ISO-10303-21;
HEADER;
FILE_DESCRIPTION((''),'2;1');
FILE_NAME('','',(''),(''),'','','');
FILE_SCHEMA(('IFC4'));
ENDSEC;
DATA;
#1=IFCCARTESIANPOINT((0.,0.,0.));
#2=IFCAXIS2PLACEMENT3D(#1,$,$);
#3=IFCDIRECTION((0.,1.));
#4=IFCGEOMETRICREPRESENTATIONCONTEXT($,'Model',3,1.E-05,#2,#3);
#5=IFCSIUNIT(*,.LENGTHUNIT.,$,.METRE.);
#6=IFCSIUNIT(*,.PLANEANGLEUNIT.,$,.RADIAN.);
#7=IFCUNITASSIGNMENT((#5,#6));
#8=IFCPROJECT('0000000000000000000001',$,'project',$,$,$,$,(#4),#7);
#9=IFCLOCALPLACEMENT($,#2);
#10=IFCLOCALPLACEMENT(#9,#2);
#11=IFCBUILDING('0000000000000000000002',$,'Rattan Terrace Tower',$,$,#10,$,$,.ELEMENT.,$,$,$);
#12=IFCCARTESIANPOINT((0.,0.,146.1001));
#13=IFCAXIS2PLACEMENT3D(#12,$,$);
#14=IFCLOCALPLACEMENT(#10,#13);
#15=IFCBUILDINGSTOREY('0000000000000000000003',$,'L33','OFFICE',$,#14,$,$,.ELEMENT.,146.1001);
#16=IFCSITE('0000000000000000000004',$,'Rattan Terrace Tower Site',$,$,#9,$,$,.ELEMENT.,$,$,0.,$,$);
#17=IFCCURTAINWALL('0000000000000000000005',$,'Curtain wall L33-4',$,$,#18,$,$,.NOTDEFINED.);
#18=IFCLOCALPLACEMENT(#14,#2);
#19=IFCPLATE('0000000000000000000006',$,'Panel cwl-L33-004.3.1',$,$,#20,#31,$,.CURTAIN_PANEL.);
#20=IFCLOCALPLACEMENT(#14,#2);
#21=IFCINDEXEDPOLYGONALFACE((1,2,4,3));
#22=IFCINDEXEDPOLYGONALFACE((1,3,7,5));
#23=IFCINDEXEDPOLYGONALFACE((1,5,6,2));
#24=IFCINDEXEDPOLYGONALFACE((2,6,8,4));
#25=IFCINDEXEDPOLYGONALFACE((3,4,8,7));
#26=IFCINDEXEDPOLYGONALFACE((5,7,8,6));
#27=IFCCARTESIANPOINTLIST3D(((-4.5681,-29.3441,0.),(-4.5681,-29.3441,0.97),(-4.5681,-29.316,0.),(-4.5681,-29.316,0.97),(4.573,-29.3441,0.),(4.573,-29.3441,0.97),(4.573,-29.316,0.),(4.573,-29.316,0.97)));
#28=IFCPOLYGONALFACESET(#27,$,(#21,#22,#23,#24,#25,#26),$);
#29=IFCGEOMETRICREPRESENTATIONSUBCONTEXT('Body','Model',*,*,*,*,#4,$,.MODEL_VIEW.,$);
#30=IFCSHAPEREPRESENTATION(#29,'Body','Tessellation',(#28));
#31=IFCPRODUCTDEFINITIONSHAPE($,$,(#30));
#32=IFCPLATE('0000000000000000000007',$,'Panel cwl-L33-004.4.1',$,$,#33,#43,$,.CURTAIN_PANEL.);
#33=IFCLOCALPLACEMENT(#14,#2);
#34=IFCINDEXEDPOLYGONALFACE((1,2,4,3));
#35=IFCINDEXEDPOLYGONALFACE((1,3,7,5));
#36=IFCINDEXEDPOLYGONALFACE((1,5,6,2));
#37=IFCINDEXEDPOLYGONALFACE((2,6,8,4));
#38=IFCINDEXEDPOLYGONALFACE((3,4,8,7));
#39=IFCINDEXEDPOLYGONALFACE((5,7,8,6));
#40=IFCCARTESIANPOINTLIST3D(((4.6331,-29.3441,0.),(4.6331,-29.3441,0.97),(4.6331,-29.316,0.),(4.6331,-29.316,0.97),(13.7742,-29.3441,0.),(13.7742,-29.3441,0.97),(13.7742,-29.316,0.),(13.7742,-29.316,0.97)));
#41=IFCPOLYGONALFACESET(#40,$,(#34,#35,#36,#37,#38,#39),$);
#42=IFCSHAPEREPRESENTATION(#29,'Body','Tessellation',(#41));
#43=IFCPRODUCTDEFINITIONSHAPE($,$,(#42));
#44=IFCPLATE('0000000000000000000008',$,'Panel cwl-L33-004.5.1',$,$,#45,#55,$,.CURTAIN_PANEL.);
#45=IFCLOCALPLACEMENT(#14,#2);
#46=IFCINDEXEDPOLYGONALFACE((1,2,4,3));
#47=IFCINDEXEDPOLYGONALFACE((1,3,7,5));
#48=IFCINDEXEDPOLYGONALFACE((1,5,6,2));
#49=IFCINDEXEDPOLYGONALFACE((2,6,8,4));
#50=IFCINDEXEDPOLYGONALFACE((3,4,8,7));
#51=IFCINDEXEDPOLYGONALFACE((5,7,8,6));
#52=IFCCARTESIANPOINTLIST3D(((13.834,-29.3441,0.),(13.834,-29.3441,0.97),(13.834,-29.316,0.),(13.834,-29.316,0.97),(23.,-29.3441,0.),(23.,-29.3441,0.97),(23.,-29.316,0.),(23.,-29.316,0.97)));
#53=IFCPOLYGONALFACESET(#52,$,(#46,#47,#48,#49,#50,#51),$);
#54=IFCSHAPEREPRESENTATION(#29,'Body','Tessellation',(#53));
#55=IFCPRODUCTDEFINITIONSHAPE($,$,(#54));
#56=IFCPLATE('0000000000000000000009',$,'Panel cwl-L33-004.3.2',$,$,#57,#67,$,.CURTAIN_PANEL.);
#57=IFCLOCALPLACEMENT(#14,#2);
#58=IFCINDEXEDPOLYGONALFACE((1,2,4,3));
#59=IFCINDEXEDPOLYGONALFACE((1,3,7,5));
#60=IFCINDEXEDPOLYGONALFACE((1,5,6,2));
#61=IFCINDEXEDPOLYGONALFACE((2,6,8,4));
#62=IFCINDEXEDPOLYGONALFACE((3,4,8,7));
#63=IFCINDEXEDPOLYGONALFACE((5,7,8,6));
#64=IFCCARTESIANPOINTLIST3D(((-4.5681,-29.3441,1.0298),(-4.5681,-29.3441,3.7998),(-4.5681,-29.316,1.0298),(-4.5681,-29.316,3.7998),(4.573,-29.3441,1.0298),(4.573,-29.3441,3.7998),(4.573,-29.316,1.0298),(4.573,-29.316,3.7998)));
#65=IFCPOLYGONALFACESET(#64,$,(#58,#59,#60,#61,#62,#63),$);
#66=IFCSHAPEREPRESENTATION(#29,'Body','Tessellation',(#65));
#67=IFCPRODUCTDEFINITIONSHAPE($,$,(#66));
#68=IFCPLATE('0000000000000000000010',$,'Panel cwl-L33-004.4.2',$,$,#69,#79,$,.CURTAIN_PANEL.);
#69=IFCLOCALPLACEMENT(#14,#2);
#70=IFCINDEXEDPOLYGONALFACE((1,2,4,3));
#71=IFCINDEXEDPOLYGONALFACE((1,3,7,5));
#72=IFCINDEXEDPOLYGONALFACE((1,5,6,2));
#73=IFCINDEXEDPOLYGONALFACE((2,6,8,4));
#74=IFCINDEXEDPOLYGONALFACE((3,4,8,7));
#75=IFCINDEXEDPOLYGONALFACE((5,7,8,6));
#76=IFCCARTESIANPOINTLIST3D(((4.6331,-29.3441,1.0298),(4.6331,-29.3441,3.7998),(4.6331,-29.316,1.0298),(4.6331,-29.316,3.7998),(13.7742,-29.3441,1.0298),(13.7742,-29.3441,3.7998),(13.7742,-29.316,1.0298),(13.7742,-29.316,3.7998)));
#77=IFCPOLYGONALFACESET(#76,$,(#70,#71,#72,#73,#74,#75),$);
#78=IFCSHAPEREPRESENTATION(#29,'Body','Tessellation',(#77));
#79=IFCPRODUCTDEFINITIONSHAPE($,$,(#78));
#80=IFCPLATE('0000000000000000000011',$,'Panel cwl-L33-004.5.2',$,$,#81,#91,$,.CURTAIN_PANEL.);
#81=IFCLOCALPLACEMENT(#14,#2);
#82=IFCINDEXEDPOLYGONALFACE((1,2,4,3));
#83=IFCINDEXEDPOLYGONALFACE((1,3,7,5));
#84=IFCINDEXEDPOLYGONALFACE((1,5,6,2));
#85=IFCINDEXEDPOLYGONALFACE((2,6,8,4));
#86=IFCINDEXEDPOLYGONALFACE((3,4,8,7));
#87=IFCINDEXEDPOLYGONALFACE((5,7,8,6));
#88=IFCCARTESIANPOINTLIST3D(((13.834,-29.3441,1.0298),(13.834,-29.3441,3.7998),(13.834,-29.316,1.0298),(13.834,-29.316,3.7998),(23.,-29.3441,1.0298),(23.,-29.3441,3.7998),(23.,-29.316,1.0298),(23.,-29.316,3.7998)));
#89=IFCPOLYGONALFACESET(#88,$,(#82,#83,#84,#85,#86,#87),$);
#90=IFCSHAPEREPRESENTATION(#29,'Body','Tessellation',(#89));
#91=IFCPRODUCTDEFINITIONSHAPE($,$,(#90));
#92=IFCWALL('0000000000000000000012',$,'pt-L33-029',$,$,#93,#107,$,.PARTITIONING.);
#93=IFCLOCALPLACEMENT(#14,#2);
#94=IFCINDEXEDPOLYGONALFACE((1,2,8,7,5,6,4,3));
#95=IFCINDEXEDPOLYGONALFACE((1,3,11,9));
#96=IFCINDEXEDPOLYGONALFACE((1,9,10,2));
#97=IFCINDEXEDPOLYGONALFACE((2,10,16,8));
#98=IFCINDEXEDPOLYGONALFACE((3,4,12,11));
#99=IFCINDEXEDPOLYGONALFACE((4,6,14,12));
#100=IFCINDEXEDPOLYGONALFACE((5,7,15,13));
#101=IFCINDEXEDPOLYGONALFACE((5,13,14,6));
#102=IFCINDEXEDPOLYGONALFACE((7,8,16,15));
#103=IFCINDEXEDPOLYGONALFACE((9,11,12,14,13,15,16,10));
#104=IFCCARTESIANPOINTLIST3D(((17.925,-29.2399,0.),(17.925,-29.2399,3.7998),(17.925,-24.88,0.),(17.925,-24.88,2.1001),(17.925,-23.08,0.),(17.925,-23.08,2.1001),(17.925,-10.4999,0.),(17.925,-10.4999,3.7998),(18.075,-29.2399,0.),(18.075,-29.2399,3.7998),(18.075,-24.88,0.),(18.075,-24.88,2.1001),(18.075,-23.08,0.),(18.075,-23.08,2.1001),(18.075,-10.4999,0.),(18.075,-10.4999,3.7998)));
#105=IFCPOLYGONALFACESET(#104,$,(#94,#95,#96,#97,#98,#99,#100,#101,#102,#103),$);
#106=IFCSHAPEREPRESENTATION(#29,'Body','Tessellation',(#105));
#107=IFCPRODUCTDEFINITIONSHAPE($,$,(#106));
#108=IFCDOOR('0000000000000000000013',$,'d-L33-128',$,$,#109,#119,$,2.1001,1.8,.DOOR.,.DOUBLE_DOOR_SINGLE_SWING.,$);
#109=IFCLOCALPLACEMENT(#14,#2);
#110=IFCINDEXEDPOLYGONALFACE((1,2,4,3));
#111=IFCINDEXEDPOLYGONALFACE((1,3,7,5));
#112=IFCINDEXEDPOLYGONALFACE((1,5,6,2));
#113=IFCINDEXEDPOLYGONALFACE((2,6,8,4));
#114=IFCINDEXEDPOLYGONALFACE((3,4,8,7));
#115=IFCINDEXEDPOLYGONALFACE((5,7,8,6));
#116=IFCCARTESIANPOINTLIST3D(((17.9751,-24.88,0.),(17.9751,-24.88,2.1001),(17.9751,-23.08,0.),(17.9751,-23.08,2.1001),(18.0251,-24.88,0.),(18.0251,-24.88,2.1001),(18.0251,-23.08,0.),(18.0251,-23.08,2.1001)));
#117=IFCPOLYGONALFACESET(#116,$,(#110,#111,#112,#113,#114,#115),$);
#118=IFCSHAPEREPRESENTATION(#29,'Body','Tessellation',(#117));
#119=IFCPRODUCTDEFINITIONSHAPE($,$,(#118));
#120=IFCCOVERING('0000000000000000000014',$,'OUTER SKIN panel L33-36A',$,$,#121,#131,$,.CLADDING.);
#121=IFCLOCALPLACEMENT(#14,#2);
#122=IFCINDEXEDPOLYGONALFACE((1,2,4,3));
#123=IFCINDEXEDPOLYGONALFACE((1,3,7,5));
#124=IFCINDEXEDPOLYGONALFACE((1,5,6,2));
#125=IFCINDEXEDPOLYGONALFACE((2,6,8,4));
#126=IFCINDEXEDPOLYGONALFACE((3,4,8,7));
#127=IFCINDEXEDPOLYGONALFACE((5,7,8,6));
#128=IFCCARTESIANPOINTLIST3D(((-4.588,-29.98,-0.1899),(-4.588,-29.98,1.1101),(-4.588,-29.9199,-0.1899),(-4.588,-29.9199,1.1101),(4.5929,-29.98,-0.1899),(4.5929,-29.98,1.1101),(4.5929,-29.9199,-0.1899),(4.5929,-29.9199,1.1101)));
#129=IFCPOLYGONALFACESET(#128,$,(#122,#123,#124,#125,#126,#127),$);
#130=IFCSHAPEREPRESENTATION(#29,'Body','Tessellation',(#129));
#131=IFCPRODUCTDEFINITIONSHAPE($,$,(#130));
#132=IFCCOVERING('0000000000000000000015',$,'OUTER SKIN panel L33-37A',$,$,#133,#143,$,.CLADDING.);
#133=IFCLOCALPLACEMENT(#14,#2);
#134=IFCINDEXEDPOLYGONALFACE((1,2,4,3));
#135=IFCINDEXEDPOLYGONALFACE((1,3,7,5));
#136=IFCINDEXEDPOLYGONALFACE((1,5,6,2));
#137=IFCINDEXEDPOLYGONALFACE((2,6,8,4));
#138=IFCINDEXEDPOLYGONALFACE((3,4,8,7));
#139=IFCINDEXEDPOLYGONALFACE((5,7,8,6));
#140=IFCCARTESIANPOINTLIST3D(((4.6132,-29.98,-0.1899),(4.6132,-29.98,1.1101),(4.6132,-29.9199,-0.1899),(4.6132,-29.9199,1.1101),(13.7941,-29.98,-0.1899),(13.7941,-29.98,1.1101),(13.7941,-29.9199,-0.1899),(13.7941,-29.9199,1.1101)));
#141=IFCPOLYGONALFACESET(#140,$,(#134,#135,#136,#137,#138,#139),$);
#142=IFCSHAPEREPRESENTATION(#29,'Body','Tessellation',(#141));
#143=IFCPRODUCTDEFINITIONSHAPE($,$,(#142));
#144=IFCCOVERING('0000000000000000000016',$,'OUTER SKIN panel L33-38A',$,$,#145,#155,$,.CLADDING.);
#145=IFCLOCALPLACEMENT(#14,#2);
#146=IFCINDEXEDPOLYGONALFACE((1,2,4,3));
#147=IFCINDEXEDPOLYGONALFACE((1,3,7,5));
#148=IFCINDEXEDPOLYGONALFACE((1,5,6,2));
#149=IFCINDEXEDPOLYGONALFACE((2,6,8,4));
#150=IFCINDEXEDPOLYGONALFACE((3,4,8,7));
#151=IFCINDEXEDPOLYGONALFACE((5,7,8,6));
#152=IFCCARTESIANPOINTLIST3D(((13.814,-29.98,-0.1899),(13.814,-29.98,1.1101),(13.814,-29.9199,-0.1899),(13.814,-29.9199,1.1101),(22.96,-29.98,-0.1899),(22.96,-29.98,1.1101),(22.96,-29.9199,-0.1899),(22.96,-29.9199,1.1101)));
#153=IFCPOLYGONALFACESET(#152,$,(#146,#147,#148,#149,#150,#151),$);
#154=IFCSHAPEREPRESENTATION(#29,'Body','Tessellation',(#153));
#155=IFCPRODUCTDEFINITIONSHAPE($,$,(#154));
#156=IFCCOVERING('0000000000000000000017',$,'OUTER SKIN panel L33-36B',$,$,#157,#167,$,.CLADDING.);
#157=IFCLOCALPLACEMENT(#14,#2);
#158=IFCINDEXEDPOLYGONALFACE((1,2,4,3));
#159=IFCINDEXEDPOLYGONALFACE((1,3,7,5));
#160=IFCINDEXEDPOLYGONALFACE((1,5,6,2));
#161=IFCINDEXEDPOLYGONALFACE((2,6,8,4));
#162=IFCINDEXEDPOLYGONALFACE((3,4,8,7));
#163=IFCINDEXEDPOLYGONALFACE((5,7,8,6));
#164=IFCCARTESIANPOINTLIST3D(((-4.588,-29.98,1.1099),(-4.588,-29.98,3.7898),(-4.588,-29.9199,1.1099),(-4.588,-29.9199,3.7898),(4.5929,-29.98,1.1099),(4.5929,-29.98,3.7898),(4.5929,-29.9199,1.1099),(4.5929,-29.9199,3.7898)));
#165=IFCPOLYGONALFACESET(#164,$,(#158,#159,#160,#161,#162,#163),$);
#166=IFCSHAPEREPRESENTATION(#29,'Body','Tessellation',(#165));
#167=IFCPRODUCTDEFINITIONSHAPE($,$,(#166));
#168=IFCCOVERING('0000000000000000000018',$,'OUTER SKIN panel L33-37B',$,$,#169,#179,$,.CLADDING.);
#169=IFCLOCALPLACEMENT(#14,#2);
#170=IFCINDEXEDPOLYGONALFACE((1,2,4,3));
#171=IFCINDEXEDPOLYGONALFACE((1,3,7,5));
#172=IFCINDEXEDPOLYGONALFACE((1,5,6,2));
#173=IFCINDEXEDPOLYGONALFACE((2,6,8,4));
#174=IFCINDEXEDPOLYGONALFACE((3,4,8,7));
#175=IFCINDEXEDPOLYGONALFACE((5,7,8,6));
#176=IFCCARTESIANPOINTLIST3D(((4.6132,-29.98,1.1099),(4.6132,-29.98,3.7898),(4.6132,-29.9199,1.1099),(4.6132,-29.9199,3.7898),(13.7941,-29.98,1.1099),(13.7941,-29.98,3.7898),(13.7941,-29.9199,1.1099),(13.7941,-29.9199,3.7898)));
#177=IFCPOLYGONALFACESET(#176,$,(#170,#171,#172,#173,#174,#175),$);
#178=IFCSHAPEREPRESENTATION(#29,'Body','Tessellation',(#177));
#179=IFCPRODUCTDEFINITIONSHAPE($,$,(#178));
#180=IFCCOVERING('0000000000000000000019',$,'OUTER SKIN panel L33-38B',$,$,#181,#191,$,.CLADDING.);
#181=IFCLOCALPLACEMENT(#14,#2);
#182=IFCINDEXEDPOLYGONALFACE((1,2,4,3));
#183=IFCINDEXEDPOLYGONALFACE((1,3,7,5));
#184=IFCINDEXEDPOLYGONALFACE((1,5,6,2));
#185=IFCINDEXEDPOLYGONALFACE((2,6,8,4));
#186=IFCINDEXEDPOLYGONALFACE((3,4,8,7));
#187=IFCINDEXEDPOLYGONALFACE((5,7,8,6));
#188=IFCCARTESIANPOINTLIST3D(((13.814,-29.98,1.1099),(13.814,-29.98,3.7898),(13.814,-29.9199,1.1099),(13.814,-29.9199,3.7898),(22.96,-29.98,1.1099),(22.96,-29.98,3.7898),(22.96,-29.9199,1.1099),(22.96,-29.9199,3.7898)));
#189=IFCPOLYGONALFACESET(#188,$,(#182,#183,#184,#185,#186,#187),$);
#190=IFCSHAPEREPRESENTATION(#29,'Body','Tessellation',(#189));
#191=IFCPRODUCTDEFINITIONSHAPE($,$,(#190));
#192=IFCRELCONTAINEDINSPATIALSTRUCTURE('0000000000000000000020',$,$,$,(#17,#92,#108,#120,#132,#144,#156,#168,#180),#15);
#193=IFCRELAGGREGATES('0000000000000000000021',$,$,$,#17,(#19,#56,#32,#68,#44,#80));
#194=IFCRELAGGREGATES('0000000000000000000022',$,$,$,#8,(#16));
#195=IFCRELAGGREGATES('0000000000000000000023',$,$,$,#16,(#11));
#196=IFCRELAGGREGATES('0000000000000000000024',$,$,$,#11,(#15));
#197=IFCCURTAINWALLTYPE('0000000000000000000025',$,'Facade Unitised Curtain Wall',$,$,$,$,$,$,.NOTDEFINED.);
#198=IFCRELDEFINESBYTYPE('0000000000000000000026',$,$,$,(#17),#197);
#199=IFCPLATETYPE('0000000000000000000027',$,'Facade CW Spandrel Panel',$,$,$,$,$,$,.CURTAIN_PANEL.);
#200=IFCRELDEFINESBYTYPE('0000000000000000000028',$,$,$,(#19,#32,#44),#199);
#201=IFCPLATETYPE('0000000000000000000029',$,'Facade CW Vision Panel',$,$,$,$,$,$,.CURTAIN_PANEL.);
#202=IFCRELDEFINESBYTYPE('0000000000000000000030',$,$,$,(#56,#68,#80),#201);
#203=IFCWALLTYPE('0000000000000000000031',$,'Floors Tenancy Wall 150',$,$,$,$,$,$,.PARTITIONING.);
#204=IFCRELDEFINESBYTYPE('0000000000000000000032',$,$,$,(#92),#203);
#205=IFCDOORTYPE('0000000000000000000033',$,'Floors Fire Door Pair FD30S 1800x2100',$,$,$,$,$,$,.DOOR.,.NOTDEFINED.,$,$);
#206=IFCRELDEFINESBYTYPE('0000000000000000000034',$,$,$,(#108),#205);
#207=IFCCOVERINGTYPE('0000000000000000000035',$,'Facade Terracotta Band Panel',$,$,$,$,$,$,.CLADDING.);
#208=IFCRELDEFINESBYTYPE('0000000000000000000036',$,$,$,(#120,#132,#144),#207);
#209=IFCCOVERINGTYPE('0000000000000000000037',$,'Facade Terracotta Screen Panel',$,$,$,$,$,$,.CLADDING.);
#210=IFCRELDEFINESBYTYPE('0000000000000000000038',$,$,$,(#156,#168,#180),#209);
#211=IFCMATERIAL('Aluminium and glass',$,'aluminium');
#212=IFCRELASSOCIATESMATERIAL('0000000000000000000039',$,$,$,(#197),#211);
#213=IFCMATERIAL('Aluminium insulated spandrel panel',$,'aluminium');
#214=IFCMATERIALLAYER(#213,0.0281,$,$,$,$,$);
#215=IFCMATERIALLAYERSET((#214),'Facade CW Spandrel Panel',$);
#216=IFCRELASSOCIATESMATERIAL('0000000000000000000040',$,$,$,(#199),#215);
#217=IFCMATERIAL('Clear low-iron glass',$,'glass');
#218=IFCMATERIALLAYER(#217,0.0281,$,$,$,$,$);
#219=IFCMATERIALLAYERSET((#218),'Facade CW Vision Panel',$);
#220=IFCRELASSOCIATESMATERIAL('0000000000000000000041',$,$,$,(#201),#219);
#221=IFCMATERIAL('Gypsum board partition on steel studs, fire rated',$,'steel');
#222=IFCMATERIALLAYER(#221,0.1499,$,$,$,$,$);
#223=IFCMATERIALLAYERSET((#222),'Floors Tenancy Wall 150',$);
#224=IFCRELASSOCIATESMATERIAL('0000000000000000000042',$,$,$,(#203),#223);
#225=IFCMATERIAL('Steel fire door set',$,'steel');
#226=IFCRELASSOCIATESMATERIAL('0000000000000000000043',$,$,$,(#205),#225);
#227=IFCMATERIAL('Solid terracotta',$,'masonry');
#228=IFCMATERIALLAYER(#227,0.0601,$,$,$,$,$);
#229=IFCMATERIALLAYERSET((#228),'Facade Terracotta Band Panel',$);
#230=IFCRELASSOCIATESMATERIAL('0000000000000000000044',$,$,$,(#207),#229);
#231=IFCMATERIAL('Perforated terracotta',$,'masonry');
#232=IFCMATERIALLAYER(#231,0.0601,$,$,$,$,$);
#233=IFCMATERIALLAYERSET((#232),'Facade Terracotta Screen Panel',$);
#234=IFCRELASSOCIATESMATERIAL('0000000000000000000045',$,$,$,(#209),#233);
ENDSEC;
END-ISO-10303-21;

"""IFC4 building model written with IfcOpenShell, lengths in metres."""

from ifc_helpers import new_model, si_unit, direction, frame, frame_2d, origin, origin_2d, place, context, subcontext, project, spatial, rectangle, extrude, material, layer, layer_set, type_object, element, fill, aggregate, save


model = new_model("IFC4")

# Units and contexts
model_context = context("Model", 3, precision=1e-05, world=origin(), true_north=direction((0.0, 1.0)))
body_context = subcontext(model_context, "Body", "Model", "MODEL_VIEW")
ifc_project = project(units=[si_unit("LENGTHUNIT", "METRE"), si_unit("PLANEANGLEUNIT", "RADIAN")], contexts=[model_context])

# Site, building, storey
site_placement = place(None, origin())
site = spatial("IfcSite", under=ifc_project, at=site_placement, Name="Rattan Terrace Tower Site", CompositionType="ELEMENT", RefElevation=0.0)
building_placement = place(site_placement, origin())
building = spatial("IfcBuilding", under=site, at=building_placement, Name="Rattan Terrace Tower", CompositionType="ELEMENT")
storey_placement = place(building_placement, frame((0.0, 0.0, 146.1001)))
storey = spatial("IfcBuildingStorey", under=building, at=storey_placement, Name="L33", Description="OFFICE", CompositionType="ELEMENT", Elevation=146.1001)

# Curtain wall
ifc_material_1 = material(Name="Aluminium and glass", Category="aluminium")
curtain_wall_type = type_object("IfcCurtainWallType", Name="Facade Unitised Curtain Wall", PredefinedType="NOTDEFINED", material=ifc_material_1)
curtain_wall_placement = place(storey_placement, origin())
curtain_wall = element("IfcCurtainWall", 1, at=curtain_wall_placement, inside=storey, type_object=curtain_wall_type, Name="Curtain wall L33-4", PredefinedType="NOTDEFINED")

# Plates
ifc_material_2 = material(Name="Aluminium insulated spandrel panel", Category="aluminium")
ifc_layer_1 = layer(ifc_material_2, 0.0281)
ifc_layer_set_1 = layer_set([ifc_layer_1], Name="Facade CW Spandrel Panel")
plate_type_1 = type_object("IfcPlateType", Name="Facade CW Spandrel Panel", PredefinedType="CURTAIN_PANEL", material=ifc_layer_set_1)
plate_1_placement = place(storey_placement, frame((0.0024, -29.3301, 0.0), z_axis=(0.0, 0.0, 1.0), x_axis=(1.0, 0.0, 0.0)))
plate_1 = element("IfcPlate", 2, at=plate_1_placement, type_object=plate_type_1, Name="Panel cwl-L33-004.3.1", PredefinedType="CURTAIN_PANEL", context=body_context, shape_type="SweptSolid", body=[
    extrude(rectangle(XDim=9.1411, YDim=0.0281, at=origin_2d()), origin(), (0.0, 0.0, 1.0), 0.97),
])
plate_2_placement = place(storey_placement, frame((9.2036, -29.3301, 0.0), z_axis=(0.0, 0.0, 1.0), x_axis=(1.0, 0.0, 0.0)))
plate_2 = element("IfcPlate", 3, at=plate_2_placement, type_object=plate_type_1, Name="Panel cwl-L33-004.4.1", PredefinedType="CURTAIN_PANEL", context=body_context, shape_type="SweptSolid", body=[
    extrude(rectangle(XDim=9.1411, YDim=0.0281, at=origin_2d()), origin(), (0.0, 0.0, 1.0), 0.97),
])
plate_3_placement = place(storey_placement, frame((18.417, -29.3301, 0.0), z_axis=(0.0, 0.0, 1.0), x_axis=(1.0, 0.0, 0.0)))
plate_3 = element("IfcPlate", 4, at=plate_3_placement, type_object=plate_type_1, Name="Panel cwl-L33-004.5.1", PredefinedType="CURTAIN_PANEL", context=body_context, shape_type="SweptSolid", body=[
    extrude(rectangle(XDim=9.166, YDim=0.0281, at=origin_2d()), origin(), (0.0, 0.0, 1.0), 0.97),
])
ifc_material_3 = material(Name="Clear low-iron glass", Category="glass")
ifc_layer_2 = layer(ifc_material_3, 0.0281)
ifc_layer_set_2 = layer_set([ifc_layer_2], Name="Facade CW Vision Panel")
plate_type_2 = type_object("IfcPlateType", Name="Facade CW Vision Panel", PredefinedType="CURTAIN_PANEL", material=ifc_layer_set_2)
plate_4_placement = place(storey_placement, frame((0.0024, -29.3301, 1.0298), z_axis=(0.0, 0.0, 1.0), x_axis=(1.0, 0.0, 0.0)))
plate_4 = element("IfcPlate", 5, at=plate_4_placement, type_object=plate_type_2, Name="Panel cwl-L33-004.3.2", PredefinedType="CURTAIN_PANEL", context=body_context, shape_type="SweptSolid", body=[
    extrude(rectangle(XDim=9.1411, YDim=0.0281, at=origin_2d()), origin(), (0.0, 0.0, 1.0), 2.77),
])
plate_5_placement = place(storey_placement, frame((9.2036, -29.3301, 1.0298), z_axis=(0.0, 0.0, 1.0), x_axis=(1.0, 0.0, 0.0)))
plate_5 = element("IfcPlate", 6, at=plate_5_placement, type_object=plate_type_2, Name="Panel cwl-L33-004.4.2", PredefinedType="CURTAIN_PANEL", context=body_context, shape_type="SweptSolid", body=[
    extrude(rectangle(XDim=9.1411, YDim=0.0281, at=origin_2d()), origin(), (0.0, 0.0, 1.0), 2.77),
])
plate_6_placement = place(storey_placement, frame((18.417, -29.3301, 1.0298), z_axis=(0.0, 0.0, 1.0), x_axis=(1.0, 0.0, 0.0)))
plate_6 = element("IfcPlate", 7, at=plate_6_placement, type_object=plate_type_2, Name="Panel cwl-L33-004.5.2", PredefinedType="CURTAIN_PANEL", context=body_context, shape_type="SweptSolid", body=[
    extrude(rectangle(XDim=9.166, YDim=0.0281, at=origin_2d()), origin(), (0.0, 0.0, 1.0), 2.77),
])
aggregate(curtain_wall, [plate_1, plate_4, plate_2, plate_5, plate_3, plate_6])

# Wall, opening, door
ifc_material_4 = material(Name="Gypsum board partition on steel studs, fire rated", Category="steel")
ifc_layer_3 = layer(ifc_material_4, 0.1499)
ifc_layer_set_3 = layer_set([ifc_layer_3], Name="Floors Tenancy Wall 150")
wall_type = type_object("IfcWallType", Name="Floors Tenancy Wall 150", PredefinedType="PARTITIONING", material=ifc_layer_set_3)
wall_placement = place(storey_placement, frame((18.0, -29.24, 0.0), z_axis=(0.0, 0.0, 1.0), x_axis=(0.0, 1.0, 0.0)))
wall = element("IfcWall", 8, at=wall_placement, inside=storey, type_object=wall_type, Name="pt-L33-029", PredefinedType="PARTITIONING", context=body_context, shape_type="SweptSolid", body=[
    extrude(rectangle(XDim=18.74, YDim=0.1499, at=frame_2d((9.3701, 0.0))), origin(), (0.0, 0.0, 1.0), 3.7998),
])
opening_placement = place(wall_placement, frame((4.3601, 0.0, 0.0)))
opening = element("IfcOpeningElement", 9, at=opening_placement, cuts=wall, PredefinedType="OPENING", context=body_context, shape_type="SweptSolid", body=[
    extrude(rectangle(XDim=1.8, YDim=2.1001, at=frame_2d((0.8999, 1.05))), frame((0.0, 0.0854, 0.0), z_axis=(0.0, -1.0, 0.0), x_axis=(1.0, 0.0, 0.0)), (0.0, 0.0, 1.0), 0.1709),
])
ifc_material_5 = material(Name="Steel fire door set", Category="steel")
door_type = type_object("IfcDoorType", Name="Floors Fire Door Pair FD30S 1800x2100", OperationType="NOTDEFINED", PredefinedType="DOOR", material=ifc_material_5)
door_placement = place(opening_placement, origin())
door = element("IfcDoor", 10, at=door_placement, inside=storey, type_object=door_type, Name="d-L33-128", OperationType="DOUBLE_DOOR_SINGLE_SWING", OverallHeight=2.1001, OverallWidth=1.8, PredefinedType="DOOR", context=body_context, shape_type="SweptSolid", body=[
    extrude(rectangle(XDim=1.8, YDim=2.1001, at=frame_2d((0.8999, 1.05))), frame((0.0, 0.0249, 0.0), z_axis=(0.0, -1.0, 0.0), x_axis=(1.0, 0.0, 0.0)), (0.0, 0.0, 1.0), 0.05),
])
fill(opening, door)

# Coverings
ifc_material_6 = material(Name="Solid terracotta", Category="masonry")
ifc_layer_4 = layer(ifc_material_6, 0.0601)
ifc_layer_set_4 = layer_set([ifc_layer_4], Name="Facade Terracotta Band Panel")
covering_type_1 = type_object("IfcCoveringType", Name="Facade Terracotta Band Panel", PredefinedType="CLADDING", material=ifc_layer_set_4)
for number, where, z_axis, x_axis, name in (
    (11, (0.0024, -29.95, -0.1899), (0.0, 0.0, 1.0), (1.0, 0.0, 0.0), "OUTER SKIN panel L33-36A"),
    (12, (9.2036, -29.95, -0.1899), (0.0, 0.0, 1.0), (1.0, 0.0, 0.0), "OUTER SKIN panel L33-37A"),
):
    element("IfcCovering", number, at=place(storey_placement, frame(where, z_axis=z_axis, x_axis=x_axis)), inside=storey, type_object=covering_type_1, Name=name, PredefinedType="CLADDING", context=body_context, shape_type="SweptSolid", body=[
        extrude(rectangle(XDim=9.1809, YDim=0.0601, at=origin_2d()), origin(), (0.0, 0.0, 1.0), 1.3),
    ])
covering_1_placement = place(storey_placement, frame((18.387, -29.95, -0.1899), z_axis=(0.0, 0.0, 1.0), x_axis=(1.0, 0.0, 0.0)))
element("IfcCovering", 13, at=covering_1_placement, inside=storey, type_object=covering_type_1, Name="OUTER SKIN panel L33-38A", PredefinedType="CLADDING", context=body_context, shape_type="SweptSolid", body=[
    extrude(rectangle(XDim=9.146, YDim=0.0601, at=origin_2d()), origin(), (0.0, 0.0, 1.0), 1.3),
])
ifc_material_7 = material(Name="Perforated terracotta", Category="masonry")
ifc_layer_5 = layer(ifc_material_7, 0.0601)
ifc_layer_set_5 = layer_set([ifc_layer_5], Name="Facade Terracotta Screen Panel")
covering_type_2 = type_object("IfcCoveringType", Name="Facade Terracotta Screen Panel", PredefinedType="CLADDING", material=ifc_layer_set_5)
for number, where, z_axis, x_axis, name in (
    (14, (0.0024, -29.95, 1.1099), (0.0, 0.0, 1.0), (1.0, 0.0, 0.0), "OUTER SKIN panel L33-36B"),
    (15, (9.2036, -29.95, 1.1099), (0.0, 0.0, 1.0), (1.0, 0.0, 0.0), "OUTER SKIN panel L33-37B"),
):
    element("IfcCovering", number, at=place(storey_placement, frame(where, z_axis=z_axis, x_axis=x_axis)), inside=storey, type_object=covering_type_2, Name=name, PredefinedType="CLADDING", context=body_context, shape_type="SweptSolid", body=[
        extrude(rectangle(XDim=9.1809, YDim=0.0601, at=origin_2d()), origin(), (0.0, 0.0, 1.0), 2.6799),
    ])
covering_2_placement = place(storey_placement, frame((18.387, -29.95, 1.1099), z_axis=(0.0, 0.0, 1.0), x_axis=(1.0, 0.0, 0.0)))
element("IfcCovering", 16, at=covering_2_placement, inside=storey, type_object=covering_type_2, Name="OUTER SKIN panel L33-38B", PredefinedType="CLADDING", context=body_context, shape_type="SweptSolid", body=[
    extrude(rectangle(XDim=9.146, YDim=0.0601, at=origin_2d()), origin(), (0.0, 0.0, 1.0), 2.6799),
])

save(model, "model.ifc")
